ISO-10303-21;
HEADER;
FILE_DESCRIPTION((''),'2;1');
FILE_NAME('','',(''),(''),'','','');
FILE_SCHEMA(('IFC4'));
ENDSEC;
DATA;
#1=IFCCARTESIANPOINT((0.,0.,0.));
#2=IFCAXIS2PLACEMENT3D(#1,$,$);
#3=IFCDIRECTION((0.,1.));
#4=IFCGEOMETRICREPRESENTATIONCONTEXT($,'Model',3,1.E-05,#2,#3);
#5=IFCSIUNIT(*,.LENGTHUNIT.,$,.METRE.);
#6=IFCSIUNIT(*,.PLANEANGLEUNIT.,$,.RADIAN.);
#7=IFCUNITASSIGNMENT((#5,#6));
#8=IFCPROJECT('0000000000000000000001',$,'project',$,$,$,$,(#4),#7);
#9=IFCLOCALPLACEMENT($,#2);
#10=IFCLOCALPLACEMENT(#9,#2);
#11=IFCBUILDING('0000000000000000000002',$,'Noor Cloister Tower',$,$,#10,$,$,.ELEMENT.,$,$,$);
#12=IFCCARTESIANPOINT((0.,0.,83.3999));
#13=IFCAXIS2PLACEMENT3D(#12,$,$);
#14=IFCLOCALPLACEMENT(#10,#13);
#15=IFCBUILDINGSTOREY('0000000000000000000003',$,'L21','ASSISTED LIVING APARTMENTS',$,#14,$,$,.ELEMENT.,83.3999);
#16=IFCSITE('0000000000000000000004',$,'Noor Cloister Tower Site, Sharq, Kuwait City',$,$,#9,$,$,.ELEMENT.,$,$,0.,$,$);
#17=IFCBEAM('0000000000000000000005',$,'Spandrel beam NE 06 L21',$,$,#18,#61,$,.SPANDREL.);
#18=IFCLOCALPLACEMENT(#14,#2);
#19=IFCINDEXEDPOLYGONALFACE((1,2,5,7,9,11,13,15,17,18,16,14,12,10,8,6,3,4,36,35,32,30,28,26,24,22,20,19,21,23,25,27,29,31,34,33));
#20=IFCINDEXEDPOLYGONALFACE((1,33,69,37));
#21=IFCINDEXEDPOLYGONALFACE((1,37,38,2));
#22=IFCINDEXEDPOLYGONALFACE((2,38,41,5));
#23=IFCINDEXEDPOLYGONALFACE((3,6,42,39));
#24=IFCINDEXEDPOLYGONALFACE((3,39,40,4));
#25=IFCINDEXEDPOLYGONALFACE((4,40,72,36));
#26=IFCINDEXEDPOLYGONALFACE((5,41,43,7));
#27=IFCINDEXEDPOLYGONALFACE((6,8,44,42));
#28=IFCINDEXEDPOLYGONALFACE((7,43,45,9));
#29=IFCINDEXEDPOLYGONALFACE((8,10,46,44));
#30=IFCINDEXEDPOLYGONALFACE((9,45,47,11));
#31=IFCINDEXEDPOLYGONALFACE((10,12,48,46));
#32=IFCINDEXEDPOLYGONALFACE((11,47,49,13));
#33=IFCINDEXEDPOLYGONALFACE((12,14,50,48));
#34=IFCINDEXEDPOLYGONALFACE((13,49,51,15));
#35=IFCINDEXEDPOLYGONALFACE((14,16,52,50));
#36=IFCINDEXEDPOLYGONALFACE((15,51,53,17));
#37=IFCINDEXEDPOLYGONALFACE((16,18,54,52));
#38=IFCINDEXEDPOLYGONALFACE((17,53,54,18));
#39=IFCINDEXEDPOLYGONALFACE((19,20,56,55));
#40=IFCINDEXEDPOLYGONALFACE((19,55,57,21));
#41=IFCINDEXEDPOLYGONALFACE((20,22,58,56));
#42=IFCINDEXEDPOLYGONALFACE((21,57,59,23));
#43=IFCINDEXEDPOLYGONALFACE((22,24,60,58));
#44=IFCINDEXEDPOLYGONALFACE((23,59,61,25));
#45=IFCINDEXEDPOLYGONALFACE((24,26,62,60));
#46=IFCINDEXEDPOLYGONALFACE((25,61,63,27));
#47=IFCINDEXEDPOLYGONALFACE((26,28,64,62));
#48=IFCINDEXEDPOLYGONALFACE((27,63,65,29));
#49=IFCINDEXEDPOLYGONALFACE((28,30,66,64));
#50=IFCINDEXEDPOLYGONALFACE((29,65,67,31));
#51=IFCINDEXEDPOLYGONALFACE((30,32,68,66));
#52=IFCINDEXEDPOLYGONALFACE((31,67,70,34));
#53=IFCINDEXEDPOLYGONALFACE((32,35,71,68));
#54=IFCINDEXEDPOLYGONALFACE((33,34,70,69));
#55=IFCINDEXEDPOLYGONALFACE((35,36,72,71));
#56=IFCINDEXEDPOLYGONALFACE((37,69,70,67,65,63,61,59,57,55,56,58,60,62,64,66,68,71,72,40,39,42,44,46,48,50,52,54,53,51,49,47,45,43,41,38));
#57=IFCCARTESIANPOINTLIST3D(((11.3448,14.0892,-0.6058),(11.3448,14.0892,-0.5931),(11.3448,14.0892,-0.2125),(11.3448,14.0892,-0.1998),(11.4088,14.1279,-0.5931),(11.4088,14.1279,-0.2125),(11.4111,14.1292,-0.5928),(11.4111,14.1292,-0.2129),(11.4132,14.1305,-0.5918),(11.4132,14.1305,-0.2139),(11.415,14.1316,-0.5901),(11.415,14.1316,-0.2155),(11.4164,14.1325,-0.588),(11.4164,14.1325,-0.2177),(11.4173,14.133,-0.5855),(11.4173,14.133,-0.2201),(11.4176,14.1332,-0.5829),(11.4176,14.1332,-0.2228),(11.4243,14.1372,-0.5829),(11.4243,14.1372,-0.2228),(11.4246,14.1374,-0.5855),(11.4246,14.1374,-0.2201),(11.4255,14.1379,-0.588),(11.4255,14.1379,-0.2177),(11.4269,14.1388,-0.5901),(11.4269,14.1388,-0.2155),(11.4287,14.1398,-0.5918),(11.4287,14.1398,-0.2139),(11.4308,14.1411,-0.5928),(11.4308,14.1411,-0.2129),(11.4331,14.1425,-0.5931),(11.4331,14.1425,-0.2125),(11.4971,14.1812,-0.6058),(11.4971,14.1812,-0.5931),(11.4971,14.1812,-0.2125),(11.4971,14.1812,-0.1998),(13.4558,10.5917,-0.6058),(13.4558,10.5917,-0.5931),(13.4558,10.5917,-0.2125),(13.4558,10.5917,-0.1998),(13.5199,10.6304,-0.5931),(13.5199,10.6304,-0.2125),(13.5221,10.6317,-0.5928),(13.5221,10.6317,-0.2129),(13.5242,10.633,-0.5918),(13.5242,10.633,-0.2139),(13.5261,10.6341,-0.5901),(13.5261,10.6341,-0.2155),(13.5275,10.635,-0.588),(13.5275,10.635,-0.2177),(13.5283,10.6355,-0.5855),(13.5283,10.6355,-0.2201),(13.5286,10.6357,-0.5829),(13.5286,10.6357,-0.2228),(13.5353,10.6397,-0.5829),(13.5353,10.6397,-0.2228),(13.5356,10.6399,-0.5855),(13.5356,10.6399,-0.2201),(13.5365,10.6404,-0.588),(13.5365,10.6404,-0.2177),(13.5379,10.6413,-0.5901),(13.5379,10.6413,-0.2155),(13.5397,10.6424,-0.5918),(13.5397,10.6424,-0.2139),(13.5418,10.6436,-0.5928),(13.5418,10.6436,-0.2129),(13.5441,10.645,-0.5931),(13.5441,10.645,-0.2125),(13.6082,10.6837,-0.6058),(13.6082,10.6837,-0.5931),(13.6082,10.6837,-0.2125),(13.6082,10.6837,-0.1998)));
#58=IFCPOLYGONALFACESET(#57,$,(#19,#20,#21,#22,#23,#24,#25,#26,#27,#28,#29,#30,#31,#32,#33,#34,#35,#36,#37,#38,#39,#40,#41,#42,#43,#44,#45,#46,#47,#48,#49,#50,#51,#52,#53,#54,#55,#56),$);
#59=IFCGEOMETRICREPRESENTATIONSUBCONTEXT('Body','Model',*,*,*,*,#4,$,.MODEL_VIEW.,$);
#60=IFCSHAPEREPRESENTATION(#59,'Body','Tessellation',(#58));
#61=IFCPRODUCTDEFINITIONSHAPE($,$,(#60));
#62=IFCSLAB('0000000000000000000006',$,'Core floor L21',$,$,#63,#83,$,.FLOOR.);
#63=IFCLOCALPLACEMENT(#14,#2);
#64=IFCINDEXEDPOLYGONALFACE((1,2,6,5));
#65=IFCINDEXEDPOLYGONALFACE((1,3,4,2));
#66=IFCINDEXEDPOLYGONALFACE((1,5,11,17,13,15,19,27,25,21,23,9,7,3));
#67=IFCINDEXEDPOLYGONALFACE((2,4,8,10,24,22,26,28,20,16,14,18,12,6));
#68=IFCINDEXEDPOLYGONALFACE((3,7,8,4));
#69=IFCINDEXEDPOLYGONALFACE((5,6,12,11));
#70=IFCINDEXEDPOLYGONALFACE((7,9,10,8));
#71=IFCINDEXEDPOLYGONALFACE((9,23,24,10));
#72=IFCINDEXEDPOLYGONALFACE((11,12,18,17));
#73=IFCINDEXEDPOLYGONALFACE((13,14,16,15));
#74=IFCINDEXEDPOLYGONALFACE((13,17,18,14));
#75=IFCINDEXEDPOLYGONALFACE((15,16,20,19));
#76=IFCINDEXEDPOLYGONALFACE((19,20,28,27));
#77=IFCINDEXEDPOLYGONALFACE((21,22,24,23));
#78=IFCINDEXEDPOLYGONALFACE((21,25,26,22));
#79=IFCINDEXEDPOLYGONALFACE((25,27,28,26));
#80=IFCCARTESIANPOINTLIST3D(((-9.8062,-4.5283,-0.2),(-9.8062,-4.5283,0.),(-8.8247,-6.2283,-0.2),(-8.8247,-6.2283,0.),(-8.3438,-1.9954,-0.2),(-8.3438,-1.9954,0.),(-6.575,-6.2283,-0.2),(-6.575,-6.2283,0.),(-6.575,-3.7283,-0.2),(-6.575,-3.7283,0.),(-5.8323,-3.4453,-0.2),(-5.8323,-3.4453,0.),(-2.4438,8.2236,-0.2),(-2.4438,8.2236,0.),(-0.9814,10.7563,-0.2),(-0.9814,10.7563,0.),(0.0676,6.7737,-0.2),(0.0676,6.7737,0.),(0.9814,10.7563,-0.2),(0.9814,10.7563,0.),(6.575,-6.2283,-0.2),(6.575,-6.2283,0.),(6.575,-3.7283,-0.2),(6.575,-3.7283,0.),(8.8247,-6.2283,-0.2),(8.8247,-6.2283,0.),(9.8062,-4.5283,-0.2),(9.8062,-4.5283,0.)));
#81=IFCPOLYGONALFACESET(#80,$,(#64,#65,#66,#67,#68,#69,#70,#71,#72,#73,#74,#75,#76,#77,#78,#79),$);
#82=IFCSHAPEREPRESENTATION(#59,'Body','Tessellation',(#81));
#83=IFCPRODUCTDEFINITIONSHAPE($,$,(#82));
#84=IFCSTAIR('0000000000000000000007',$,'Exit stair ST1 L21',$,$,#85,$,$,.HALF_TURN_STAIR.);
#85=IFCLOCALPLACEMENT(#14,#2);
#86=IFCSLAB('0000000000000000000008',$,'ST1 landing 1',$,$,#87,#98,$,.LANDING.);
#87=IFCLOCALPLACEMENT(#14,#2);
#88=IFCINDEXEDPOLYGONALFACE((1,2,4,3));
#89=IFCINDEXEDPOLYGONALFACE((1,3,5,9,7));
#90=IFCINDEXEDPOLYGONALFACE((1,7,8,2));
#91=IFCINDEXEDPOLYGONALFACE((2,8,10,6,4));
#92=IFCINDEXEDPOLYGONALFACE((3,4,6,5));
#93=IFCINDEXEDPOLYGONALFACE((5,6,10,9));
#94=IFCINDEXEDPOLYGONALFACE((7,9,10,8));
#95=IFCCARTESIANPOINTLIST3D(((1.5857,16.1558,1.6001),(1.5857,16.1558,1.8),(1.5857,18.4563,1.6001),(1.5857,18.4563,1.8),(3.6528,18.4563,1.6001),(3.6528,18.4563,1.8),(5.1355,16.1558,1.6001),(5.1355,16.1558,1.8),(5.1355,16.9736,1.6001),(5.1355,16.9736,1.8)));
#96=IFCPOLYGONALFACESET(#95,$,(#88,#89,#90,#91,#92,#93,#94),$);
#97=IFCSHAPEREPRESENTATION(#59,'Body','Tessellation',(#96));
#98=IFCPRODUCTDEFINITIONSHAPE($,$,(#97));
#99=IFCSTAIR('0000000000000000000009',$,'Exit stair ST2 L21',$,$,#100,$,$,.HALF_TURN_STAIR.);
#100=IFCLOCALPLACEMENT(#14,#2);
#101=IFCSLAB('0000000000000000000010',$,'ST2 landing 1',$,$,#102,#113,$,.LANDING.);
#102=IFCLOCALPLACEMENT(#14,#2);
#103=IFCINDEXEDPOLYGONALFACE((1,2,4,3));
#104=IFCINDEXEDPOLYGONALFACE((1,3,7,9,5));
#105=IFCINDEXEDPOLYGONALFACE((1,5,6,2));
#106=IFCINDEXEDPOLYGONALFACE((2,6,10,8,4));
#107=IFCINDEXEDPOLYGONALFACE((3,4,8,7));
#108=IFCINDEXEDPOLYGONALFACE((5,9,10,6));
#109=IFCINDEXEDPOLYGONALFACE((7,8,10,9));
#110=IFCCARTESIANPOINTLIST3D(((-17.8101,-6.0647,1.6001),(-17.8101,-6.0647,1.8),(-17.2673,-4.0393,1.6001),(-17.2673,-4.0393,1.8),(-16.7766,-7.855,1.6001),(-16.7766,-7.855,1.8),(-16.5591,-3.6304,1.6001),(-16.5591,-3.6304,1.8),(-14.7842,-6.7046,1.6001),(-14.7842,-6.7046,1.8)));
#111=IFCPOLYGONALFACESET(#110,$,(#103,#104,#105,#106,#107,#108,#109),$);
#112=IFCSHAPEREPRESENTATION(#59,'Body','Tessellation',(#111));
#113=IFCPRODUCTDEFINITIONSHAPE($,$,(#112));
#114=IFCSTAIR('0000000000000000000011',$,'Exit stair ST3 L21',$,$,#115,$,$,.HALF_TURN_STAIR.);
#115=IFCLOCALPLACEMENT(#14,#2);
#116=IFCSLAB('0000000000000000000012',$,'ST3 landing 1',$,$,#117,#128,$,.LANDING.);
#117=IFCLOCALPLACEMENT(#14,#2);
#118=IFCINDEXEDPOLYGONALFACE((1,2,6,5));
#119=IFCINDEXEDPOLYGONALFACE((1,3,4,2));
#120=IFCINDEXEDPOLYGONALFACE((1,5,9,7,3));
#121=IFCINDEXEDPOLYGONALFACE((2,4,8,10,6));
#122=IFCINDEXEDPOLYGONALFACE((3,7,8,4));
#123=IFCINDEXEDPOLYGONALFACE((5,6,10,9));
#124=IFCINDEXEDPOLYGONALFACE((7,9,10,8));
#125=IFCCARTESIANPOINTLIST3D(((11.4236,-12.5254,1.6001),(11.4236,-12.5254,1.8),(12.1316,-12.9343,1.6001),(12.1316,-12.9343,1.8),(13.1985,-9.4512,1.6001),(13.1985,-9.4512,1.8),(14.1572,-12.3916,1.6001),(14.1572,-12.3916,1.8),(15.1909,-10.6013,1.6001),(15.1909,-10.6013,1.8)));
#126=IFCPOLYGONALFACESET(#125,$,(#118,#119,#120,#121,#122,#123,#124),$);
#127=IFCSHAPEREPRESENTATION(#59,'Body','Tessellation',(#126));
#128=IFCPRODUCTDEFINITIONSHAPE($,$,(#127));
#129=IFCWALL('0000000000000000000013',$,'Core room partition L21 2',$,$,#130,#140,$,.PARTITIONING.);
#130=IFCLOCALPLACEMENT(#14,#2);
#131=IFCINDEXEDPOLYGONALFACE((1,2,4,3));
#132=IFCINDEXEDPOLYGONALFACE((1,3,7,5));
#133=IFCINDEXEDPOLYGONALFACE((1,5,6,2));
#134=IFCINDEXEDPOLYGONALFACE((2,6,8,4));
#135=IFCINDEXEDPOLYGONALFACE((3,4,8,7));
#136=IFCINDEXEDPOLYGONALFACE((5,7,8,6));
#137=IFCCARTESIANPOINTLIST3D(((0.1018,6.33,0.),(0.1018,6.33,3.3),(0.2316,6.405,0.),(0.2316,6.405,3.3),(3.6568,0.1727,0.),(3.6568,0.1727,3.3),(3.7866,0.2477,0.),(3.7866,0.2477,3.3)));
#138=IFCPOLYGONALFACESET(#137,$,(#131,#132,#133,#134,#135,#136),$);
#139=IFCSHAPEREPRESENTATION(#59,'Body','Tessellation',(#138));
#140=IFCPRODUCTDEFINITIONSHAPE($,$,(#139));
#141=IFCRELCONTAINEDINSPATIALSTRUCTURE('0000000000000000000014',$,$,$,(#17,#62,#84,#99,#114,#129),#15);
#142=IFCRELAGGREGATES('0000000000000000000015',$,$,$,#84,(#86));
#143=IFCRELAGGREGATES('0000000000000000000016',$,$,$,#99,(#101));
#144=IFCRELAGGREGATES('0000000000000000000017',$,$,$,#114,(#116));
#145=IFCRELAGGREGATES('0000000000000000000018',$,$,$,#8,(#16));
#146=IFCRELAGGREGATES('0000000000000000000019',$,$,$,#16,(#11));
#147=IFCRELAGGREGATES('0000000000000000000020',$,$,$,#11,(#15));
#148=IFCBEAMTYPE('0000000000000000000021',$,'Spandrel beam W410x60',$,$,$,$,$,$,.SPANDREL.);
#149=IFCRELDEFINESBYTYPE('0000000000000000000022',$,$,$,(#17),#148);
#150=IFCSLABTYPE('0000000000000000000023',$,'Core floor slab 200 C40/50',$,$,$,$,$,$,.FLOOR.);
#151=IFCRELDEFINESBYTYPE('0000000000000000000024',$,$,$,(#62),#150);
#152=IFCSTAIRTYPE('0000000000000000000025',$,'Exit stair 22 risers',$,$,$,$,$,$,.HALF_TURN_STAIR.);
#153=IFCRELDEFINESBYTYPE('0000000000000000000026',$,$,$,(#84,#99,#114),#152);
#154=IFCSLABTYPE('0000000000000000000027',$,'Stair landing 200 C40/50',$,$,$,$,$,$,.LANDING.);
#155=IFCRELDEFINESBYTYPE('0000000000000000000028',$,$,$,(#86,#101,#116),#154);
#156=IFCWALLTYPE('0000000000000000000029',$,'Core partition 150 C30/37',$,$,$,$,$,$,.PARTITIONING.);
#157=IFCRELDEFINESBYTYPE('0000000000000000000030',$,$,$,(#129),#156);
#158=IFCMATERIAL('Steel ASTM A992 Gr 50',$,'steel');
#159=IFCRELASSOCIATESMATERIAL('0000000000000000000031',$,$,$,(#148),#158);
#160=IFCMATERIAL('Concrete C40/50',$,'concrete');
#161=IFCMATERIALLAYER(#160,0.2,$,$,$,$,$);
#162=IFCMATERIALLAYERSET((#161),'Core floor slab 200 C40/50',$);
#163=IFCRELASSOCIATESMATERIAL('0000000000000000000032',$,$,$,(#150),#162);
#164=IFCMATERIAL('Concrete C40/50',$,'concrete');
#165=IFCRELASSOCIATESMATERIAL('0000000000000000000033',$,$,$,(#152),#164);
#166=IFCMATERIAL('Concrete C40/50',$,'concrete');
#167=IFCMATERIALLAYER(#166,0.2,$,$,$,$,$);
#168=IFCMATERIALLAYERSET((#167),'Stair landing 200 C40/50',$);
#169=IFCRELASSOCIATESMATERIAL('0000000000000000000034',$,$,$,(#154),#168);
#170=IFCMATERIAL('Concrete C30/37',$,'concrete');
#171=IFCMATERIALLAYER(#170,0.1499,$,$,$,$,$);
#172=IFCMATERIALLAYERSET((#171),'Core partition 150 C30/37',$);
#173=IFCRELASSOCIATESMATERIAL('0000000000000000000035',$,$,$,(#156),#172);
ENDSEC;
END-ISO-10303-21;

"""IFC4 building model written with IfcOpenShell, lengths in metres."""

from ifc_helpers import new_model, si_unit, direction, frame, frame_2d, origin, origin_2d, place, context, subcontext, project, spatial, polyline, rectangle, i_section, outline, extrude, material, layer, layer_set, material_profile, profile_set, type_object, element, aggregate, save


model = new_model("IFC4")

# Units and contexts
model_context = context("Model", 3, precision=1e-05, world=origin(), true_north=direction((0.0, 1.0)))
body_context = subcontext(model_context, "Body", "Model", "MODEL_VIEW")
ifc_project = project(units=[si_unit("LENGTHUNIT", "METRE"), si_unit("PLANEANGLEUNIT", "RADIAN")], contexts=[model_context])

# Site, building, storey
site_placement = place(None, origin())
site = spatial("IfcSite", under=ifc_project, at=site_placement, Name="Noor Cloister Tower Site, Sharq, Kuwait City", CompositionType="ELEMENT", RefElevation=0.0)
building_placement = place(site_placement, origin())
building = spatial("IfcBuilding", under=site, at=building_placement, Name="Noor Cloister Tower", CompositionType="ELEMENT")
storey_placement = place(building_placement, frame((0.0, 0.0, 83.3999)))
storey = spatial("IfcBuildingStorey", under=building, at=storey_placement, Name="L21", Description="ASSISTED LIVING APARTMENTS", CompositionType="ELEMENT", Elevation=83.3999)

# Beam
ifc_material_1 = material(Name="Steel ASTM A992 Gr 50", Category="steel")
ifc_material_profile = material_profile(ifc_material_1, i_section(OverallWidth=0.178, OverallDepth=0.406, WebThickness=0.0078, FlangeThickness=0.0127, FilletRadius=0.0103, at=origin_2d()), Name="W410x60")
ifc_profile_set = profile_set([ifc_material_profile], Name="Steel ASTM A992 Gr 50")
beam_type = type_object("IfcBeamType", Name="Spandrel beam W410x60", PredefinedType="SPANDREL", material=ifc_profile_set)
beam_placement = place(storey_placement, frame((13.532, 10.6377, -0.4028), z_axis=(-0.516753, 0.856135, 0.0), x_axis=(-0.856135, -0.516753, 0.0)))
element("IfcBeam", 1, at=beam_placement, inside=storey, type_object=beam_type, Name="Spandrel beam NE 06 L21", PredefinedType="SPANDREL", context=body_context, shape_type="SweptSolid", body=[
    extrude(i_section(OverallWidth=0.178, OverallDepth=0.406, WebThickness=0.0078, FlangeThickness=0.0127, FilletRadius=0.0103, at=origin_2d()), origin(), (0.0, 0.0, 1.0), 4.0852),
])

# Slab
ifc_material_2 = material(Name="Concrete C40/50", Category="concrete")
ifc_layer_1 = layer(ifc_material_2, 0.2)
ifc_layer_set_1 = layer_set([ifc_layer_1], Name="Core floor slab 200 C40/50")
slab_type_1 = type_object("IfcSlabType", Name="Core floor slab 200 C40/50", PredefinedType="FLOOR", material=ifc_layer_set_1)
slab_1_placement = place(storey_placement, frame((0.0, 0.0, -0.2)))
element("IfcSlab", 2, at=slab_1_placement, inside=storey, type_object=slab_type_1, Name="Core floor L21", PredefinedType="FLOOR", context=body_context, shape_type="SweptSolid", body=[
    extrude(outline(polyline([(-6.575, -6.2283), (-6.575, -3.7283), (6.575, -3.7283), (6.575, -6.2283), (8.8247, -6.2283), (9.8062, -4.5283), (0.9814, 10.7563), (-0.9814, 10.7563), (-2.4438, 8.2236), (0.0676, 6.7737), (-5.8323, -3.4453), (-8.3438, -1.9954), (-9.8062, -4.5283), (-8.8247, -6.2283), (-6.575, -6.2283)])), origin(), (0.0, 0.0, 1.0), 0.2),
])

# Stairs, slabs
ifc_material_3 = material(Name="Concrete C40/50", Category="concrete")
stair_type = type_object("IfcStairType", Name="Exit stair 22 risers", PredefinedType="HALF_TURN_STAIR", material=ifc_material_3)
stair_1_placement = place(storey_placement, origin())
stair_1 = element("IfcStair", 3, at=stair_1_placement, inside=storey, type_object=stair_type, Name="Exit stair ST1 L21", PredefinedType="HALF_TURN_STAIR")
ifc_material_4 = material(Name="Concrete C40/50", Category="concrete")
ifc_layer_2 = layer(ifc_material_4, 0.2)
ifc_layer_set_2 = layer_set([ifc_layer_2], Name="Stair landing 200 C40/50")
slab_type_2 = type_object("IfcSlabType", Name="Stair landing 200 C40/50", PredefinedType="LANDING", material=ifc_layer_set_2)
slab_2_placement = place(storey_placement, frame((0.0, 0.0, 1.6001)))
slab_2 = element("IfcSlab", 4, at=slab_2_placement, type_object=slab_type_2, Name="ST1 landing 1", PredefinedType="LANDING", context=body_context, shape_type="SweptSolid", body=[
    extrude(outline(polyline([(5.1355, 16.1558), (5.1355, 16.9736), (3.6528, 18.4563), (1.5857, 18.4563), (1.5857, 16.1558), (5.1355, 16.1558)])), origin(), (0.0, 0.0, 1.0), 0.2),
])
aggregate(stair_1, [slab_2])
stair_2_placement = place(storey_placement, origin())
stair_2 = element("IfcStair", 5, at=stair_2_placement, inside=storey, type_object=stair_type, Name="Exit stair ST2 L21", PredefinedType="HALF_TURN_STAIR")
slab_3_placement = place(storey_placement, frame((0.0, 0.0, 1.6001)))
slab_3 = element("IfcSlab", 6, at=slab_3_placement, type_object=slab_type_2, Name="ST2 landing 1", PredefinedType="LANDING", context=body_context, shape_type="SweptSolid", body=[
    extrude(outline(polyline([(-16.5591, -3.6304), (-17.2673, -4.0393), (-17.8101, -6.0647), (-16.7766, -7.855), (-14.7842, -6.7046), (-16.5591, -3.6304)])), origin(), (0.0, 0.0, 1.0), 0.2),
])
aggregate(stair_2, [slab_3])
stair_3_placement = place(storey_placement, origin())
stair_3 = element("IfcStair", 7, at=stair_3_placement, inside=storey, type_object=stair_type, Name="Exit stair ST3 L21", PredefinedType="HALF_TURN_STAIR")
slab_4_placement = place(storey_placement, frame((0.0, 0.0, 1.6001)))
slab_4 = element("IfcSlab", 8, at=slab_4_placement, type_object=slab_type_2, Name="ST3 landing 1", PredefinedType="LANDING", context=body_context, shape_type="SweptSolid", body=[
    extrude(outline(polyline([(11.4236, -12.5254), (12.1316, -12.9343), (14.1572, -12.3916), (15.1909, -10.6013), (13.1985, -9.4512), (11.4236, -12.5254)])), origin(), (0.0, 0.0, 1.0), 0.2),
])
aggregate(stair_3, [slab_4])

# Wall
ifc_material_5 = material(Name="Concrete C30/37", Category="concrete")
ifc_layer_3 = layer(ifc_material_5, 0.1499)
ifc_layer_set_3 = layer_set([ifc_layer_3], Name="Core partition 150 C30/37")
wall_type_1 = type_object("IfcWallType", Name="Core partition 150 C30/37", PredefinedType="PARTITIONING", material=ifc_layer_set_3)
wall_1_placement = place(storey_placement, frame((3.7217, 0.2102, 0.0), z_axis=(0.0, 0.0, 1.0), x_axis=(-0.500006, 0.866022, 0.0)))
element("IfcWall", 9, at=wall_1_placement, inside=storey, type_object=wall_type_1, Name="Core room partition L21 2", PredefinedType="PARTITIONING", context=body_context, shape_type="SweptSolid", body=[
    extrude(rectangle(XDim=7.1099, YDim=0.1499, at=frame_2d((3.5549, 0.0))), origin(), (0.0, 0.0, 1.0), 3.3),
])

save(model, "model.ifc")
